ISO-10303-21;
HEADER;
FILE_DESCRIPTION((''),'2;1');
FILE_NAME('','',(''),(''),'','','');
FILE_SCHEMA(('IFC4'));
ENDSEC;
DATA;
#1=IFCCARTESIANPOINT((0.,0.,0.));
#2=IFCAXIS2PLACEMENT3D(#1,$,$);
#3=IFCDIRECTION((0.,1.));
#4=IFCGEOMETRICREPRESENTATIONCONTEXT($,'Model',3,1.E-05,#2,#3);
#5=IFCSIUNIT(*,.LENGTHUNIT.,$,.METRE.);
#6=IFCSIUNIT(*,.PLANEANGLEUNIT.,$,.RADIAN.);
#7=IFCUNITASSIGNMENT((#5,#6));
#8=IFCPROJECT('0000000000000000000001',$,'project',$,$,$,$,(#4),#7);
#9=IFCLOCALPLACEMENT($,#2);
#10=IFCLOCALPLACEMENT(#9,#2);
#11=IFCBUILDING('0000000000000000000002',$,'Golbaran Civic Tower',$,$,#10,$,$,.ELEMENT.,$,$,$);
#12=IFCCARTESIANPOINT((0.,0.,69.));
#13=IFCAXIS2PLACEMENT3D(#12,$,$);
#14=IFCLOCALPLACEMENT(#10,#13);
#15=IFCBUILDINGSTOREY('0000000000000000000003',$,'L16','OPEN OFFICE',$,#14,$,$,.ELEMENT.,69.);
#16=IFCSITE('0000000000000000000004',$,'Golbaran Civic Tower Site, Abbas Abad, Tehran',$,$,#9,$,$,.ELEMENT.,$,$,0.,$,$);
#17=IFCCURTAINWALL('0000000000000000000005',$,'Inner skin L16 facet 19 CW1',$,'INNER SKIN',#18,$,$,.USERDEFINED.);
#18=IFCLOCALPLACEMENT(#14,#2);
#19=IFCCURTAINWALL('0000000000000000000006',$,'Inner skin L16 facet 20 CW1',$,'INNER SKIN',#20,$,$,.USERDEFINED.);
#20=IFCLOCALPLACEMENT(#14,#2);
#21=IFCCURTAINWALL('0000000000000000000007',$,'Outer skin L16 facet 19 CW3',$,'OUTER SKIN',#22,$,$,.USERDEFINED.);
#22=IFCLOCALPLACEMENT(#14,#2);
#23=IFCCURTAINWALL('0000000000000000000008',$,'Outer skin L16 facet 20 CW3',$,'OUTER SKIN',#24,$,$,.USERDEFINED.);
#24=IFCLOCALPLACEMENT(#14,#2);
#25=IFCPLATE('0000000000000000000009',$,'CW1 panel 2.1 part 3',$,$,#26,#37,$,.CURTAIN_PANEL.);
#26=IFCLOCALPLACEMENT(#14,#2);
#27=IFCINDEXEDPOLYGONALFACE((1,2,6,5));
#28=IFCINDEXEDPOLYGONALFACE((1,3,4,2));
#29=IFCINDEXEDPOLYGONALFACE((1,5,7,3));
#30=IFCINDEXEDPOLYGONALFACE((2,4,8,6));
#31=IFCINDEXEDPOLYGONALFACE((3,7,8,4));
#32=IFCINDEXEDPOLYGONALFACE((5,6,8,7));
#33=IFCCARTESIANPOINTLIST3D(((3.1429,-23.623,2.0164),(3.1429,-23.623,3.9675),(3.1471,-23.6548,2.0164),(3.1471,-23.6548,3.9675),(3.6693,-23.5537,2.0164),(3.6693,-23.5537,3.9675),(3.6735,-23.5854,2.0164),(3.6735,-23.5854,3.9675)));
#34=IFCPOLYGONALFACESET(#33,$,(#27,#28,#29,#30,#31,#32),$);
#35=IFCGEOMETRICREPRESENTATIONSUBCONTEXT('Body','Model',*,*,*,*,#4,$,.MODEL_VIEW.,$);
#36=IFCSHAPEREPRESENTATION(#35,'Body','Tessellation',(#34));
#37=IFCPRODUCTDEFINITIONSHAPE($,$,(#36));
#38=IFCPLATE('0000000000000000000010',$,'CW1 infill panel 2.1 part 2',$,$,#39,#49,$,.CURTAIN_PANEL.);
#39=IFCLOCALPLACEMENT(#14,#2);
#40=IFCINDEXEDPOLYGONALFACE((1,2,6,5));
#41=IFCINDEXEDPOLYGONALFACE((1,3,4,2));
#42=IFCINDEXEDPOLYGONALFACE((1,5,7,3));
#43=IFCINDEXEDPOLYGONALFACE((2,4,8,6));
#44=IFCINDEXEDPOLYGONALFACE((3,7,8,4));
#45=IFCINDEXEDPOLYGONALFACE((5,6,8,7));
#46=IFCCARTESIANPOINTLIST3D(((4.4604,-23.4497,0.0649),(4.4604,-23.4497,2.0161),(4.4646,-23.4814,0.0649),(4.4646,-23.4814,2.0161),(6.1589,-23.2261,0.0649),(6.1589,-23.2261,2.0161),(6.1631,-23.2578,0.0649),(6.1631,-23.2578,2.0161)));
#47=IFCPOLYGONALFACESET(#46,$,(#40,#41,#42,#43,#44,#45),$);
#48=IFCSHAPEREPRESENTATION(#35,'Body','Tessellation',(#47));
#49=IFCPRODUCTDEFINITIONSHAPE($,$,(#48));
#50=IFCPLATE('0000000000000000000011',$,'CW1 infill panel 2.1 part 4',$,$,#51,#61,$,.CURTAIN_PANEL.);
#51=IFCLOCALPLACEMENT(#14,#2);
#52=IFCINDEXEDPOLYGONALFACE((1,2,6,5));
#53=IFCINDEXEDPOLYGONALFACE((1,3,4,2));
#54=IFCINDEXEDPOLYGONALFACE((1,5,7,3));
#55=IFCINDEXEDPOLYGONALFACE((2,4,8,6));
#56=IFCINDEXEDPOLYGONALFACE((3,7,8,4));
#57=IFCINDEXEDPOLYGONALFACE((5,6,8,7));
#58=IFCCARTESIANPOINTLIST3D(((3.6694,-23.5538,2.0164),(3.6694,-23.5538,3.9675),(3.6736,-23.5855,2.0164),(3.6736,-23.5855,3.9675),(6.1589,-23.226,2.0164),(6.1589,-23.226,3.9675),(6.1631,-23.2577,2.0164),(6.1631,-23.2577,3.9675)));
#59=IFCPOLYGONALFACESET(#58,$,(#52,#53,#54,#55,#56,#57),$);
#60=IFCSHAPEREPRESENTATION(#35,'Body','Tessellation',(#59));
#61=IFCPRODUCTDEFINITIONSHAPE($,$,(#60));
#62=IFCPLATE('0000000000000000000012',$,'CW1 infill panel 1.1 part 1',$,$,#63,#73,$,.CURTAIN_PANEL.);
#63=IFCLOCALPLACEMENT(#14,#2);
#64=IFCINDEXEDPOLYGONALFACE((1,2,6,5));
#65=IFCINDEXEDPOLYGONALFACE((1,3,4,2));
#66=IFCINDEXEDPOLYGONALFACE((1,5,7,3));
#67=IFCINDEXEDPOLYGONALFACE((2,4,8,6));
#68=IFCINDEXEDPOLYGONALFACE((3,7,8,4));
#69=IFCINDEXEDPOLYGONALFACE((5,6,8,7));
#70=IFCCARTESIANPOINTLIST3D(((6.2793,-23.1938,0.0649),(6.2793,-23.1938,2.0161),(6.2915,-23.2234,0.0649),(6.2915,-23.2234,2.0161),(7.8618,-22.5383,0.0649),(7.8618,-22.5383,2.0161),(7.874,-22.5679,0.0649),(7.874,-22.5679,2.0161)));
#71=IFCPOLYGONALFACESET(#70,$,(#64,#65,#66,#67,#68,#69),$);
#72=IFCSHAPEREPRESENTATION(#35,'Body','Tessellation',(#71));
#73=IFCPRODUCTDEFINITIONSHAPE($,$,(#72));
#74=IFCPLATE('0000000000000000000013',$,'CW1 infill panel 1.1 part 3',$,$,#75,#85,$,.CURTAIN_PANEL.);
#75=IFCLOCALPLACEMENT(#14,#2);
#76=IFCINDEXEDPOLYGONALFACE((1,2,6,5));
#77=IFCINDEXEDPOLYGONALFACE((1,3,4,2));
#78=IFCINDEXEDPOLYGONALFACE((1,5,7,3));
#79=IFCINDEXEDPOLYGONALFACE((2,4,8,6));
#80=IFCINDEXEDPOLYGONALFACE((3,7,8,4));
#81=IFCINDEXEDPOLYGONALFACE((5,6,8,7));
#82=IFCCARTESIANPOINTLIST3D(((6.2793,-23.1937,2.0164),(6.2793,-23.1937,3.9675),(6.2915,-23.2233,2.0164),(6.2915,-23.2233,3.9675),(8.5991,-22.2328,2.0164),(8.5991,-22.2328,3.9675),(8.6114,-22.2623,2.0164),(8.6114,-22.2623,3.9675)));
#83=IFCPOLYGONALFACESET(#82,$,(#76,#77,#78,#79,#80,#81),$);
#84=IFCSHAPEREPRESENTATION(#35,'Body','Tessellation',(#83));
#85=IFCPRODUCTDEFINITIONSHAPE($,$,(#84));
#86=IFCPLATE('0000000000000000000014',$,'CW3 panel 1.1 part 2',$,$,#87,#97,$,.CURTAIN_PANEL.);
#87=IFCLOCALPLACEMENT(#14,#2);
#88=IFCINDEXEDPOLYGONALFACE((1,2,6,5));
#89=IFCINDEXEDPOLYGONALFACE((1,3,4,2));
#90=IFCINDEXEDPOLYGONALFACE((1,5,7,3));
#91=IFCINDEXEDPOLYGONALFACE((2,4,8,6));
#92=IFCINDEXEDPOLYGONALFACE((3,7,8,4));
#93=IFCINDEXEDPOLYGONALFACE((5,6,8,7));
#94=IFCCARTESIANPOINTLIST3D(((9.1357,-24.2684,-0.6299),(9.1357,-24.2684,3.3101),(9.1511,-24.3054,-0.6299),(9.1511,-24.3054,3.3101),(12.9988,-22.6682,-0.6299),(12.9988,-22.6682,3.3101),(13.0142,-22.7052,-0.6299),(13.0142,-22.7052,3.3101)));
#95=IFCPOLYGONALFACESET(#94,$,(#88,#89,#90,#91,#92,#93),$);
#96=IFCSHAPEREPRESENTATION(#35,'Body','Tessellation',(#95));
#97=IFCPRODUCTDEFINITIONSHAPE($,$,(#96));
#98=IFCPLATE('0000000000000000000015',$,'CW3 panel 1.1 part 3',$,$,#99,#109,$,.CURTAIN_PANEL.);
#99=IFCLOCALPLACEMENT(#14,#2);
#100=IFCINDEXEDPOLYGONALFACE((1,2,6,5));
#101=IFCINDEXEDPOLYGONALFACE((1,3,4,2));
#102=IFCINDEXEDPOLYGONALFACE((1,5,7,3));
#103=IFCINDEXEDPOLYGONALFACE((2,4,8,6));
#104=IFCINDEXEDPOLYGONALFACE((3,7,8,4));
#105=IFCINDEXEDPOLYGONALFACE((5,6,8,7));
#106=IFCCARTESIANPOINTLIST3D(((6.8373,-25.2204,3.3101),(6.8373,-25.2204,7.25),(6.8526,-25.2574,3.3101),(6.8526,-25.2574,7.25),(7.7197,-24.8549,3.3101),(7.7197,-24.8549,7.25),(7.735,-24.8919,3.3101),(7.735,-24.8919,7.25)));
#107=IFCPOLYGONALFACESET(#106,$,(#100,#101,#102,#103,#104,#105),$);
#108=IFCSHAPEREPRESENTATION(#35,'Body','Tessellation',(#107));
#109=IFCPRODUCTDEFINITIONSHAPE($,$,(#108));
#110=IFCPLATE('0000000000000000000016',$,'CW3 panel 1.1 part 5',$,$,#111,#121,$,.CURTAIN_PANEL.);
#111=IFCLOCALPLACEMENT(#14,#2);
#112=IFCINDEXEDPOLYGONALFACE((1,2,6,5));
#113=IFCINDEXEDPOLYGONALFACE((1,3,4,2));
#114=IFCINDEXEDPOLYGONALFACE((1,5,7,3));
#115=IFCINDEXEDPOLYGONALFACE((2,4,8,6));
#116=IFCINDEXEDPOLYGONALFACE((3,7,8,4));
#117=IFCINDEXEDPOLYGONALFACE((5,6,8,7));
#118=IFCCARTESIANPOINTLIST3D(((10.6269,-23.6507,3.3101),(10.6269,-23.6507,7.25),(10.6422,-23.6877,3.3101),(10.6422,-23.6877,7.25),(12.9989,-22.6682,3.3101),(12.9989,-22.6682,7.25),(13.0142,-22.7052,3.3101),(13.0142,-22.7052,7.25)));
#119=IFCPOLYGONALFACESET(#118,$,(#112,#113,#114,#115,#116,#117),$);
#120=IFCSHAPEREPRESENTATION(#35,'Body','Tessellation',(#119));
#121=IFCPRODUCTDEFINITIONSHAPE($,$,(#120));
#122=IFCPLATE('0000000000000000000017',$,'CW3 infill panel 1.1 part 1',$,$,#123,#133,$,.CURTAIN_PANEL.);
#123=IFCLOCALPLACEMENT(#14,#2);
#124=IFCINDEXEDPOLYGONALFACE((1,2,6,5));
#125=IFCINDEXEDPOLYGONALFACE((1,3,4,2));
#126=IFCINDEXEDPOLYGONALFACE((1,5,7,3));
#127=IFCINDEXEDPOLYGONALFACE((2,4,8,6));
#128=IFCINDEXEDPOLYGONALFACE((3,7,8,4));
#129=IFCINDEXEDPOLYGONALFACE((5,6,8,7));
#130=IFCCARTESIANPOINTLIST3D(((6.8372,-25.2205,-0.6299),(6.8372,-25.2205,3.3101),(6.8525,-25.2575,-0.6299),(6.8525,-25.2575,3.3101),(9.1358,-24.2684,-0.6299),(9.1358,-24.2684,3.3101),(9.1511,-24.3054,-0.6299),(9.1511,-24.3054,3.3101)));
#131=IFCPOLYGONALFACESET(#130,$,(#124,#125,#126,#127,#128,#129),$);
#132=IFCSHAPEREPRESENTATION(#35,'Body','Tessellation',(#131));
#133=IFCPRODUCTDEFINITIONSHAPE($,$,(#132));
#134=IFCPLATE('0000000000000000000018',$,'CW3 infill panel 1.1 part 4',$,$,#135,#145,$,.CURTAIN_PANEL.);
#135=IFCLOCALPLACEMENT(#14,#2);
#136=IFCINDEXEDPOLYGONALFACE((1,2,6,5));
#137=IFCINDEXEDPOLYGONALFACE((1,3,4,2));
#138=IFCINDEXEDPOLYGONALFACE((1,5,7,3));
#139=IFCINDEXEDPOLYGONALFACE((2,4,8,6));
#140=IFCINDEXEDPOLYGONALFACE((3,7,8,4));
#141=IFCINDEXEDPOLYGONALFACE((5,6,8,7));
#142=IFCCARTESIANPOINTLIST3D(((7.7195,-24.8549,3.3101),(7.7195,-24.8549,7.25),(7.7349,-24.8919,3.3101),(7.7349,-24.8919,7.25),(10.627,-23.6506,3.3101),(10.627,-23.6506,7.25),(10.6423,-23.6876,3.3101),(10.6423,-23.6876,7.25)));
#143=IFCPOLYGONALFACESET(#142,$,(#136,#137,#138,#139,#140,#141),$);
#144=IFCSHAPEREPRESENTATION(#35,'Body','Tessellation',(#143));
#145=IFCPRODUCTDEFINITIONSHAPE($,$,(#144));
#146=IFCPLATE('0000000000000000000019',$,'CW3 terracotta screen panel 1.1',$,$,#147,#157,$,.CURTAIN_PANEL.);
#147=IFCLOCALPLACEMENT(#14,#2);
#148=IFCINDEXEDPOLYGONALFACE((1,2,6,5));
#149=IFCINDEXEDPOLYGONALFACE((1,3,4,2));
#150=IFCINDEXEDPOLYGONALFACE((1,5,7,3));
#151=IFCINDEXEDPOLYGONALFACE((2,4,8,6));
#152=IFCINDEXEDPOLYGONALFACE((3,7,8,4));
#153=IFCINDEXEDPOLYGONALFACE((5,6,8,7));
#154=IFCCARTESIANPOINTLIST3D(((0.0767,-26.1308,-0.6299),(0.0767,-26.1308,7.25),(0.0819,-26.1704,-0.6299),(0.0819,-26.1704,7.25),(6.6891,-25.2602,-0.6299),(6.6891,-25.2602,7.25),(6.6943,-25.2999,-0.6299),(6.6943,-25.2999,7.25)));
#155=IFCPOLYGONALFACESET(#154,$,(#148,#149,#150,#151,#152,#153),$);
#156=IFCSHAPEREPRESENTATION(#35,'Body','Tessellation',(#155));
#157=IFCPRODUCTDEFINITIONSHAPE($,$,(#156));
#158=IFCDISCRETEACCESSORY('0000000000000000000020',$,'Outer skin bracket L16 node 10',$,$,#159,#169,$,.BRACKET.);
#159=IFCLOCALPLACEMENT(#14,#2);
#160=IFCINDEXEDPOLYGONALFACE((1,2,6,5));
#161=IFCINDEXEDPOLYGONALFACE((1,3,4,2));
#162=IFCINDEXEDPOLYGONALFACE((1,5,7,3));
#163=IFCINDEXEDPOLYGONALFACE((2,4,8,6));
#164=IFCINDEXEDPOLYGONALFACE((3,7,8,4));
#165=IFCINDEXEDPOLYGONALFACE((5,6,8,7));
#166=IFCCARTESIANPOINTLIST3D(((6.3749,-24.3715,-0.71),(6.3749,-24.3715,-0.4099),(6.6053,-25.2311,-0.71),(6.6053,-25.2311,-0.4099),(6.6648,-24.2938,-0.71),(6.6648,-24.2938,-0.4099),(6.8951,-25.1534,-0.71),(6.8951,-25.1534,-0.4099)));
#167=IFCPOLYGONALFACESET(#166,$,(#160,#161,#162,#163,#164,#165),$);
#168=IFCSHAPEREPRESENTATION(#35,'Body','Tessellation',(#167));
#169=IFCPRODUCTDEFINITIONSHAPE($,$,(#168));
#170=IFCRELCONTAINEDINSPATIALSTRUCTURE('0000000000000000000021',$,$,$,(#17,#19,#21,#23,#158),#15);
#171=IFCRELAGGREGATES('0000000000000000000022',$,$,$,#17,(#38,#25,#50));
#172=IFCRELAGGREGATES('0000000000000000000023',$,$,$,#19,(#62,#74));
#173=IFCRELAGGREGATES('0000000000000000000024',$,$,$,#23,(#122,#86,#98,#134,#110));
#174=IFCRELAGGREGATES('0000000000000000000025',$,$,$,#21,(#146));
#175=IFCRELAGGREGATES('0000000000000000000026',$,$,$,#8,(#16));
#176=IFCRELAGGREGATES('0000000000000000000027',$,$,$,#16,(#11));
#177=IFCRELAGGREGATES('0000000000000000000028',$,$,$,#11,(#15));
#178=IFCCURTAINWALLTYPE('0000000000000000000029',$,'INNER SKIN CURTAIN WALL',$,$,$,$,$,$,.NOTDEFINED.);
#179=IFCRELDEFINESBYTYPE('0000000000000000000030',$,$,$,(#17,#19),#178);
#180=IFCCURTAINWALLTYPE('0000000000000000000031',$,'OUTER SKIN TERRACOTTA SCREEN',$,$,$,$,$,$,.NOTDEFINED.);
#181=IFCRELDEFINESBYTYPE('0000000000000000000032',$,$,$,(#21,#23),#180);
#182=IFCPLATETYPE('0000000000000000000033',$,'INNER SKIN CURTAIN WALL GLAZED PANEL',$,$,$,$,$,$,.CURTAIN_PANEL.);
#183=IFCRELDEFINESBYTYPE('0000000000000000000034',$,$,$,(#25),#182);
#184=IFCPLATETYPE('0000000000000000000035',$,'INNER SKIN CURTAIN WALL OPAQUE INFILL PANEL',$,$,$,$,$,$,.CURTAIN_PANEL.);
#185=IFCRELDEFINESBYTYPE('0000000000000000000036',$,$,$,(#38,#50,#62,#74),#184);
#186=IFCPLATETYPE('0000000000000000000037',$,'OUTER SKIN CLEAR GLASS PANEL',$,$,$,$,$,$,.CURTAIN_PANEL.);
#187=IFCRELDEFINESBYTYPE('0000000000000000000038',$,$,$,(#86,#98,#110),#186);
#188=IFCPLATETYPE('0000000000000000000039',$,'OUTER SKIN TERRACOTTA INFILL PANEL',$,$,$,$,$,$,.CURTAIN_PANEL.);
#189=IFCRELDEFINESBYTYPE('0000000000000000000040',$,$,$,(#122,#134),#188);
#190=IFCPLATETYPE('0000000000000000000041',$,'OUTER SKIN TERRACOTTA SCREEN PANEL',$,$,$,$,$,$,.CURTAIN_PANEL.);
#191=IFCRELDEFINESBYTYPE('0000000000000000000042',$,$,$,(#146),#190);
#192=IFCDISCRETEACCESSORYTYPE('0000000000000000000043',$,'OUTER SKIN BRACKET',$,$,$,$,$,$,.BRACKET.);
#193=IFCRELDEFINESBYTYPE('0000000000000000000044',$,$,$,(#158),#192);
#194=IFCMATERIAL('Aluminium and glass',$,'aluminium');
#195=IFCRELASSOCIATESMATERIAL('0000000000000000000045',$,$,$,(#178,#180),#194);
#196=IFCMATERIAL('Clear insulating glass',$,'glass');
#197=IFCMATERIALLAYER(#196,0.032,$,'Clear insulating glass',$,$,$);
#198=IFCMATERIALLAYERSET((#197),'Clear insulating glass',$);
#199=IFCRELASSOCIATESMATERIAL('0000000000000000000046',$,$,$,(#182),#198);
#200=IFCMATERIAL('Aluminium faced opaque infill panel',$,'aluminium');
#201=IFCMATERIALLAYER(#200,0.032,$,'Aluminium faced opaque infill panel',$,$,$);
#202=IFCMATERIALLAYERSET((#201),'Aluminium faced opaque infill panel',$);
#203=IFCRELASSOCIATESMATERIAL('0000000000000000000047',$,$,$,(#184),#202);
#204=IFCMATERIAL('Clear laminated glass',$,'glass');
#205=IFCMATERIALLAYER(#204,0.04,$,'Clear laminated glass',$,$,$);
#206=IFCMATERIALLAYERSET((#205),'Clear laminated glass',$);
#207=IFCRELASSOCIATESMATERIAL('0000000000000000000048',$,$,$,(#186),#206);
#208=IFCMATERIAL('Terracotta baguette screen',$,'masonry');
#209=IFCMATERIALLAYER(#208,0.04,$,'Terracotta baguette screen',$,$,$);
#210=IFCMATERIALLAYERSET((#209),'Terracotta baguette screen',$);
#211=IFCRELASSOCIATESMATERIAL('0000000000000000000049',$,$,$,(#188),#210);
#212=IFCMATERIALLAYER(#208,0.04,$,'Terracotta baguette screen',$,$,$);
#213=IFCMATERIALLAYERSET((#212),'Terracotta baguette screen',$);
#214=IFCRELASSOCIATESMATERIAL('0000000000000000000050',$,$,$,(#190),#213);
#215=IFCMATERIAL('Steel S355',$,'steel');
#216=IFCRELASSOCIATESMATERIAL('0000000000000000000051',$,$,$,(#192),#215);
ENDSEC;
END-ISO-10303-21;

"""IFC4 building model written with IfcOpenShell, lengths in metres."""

from ifc_helpers import new_model, si_unit, direction, frame, origin, origin_2d, place, context, subcontext, project, spatial, rectangle, extrude, material, layer, layer_set, type_object, element, aggregate, save


model = new_model("IFC4")

# Units and contexts
model_context = context("Model", 3, precision=1e-05, world=origin(), true_north=direction((0.0, 1.0)))
body_context = subcontext(model_context, "Body", "Model", "MODEL_VIEW")
ifc_project = project(units=[si_unit("LENGTHUNIT", "METRE"), si_unit("PLANEANGLEUNIT", "RADIAN")], contexts=[model_context])

# Site, building, storey
site_placement = place(None, origin())
site = spatial("IfcSite", under=ifc_project, at=site_placement, Name="Golbaran Civic Tower Site, Abbas Abad, Tehran", CompositionType="ELEMENT", RefElevation=0.0)
building_placement = place(site_placement, origin())
building = spatial("IfcBuilding", under=site, at=building_placement, Name="Golbaran Civic Tower", CompositionType="ELEMENT")
storey_placement = place(building_placement, frame((0.0, 0.0, 69.0)))
storey = spatial("IfcBuildingStorey", under=building, at=storey_placement, Name="L16", Description="OPEN OFFICE", CompositionType="ELEMENT", Elevation=69.0)

# Shared definitions
ifc_material_1 = material(Name="Steel S355", Category="steel")

# Curtain wall
ifc_material_2 = material(Name="Aluminium and glass", Category="aluminium")
curtain_wall_type_1 = type_object("IfcCurtainWallType", Name="INNER SKIN CURTAIN WALL", PredefinedType="NOTDEFINED", material=ifc_material_2)
curtain_wall_1_placement = place(storey_placement, origin())
curtain_wall_1 = element("IfcCurtainWall", 1, at=curtain_wall_1_placement, inside=storey, type_object=curtain_wall_type_1, Name="Inner skin L16 facet 19 CW1", ObjectType="INNER SKIN", PredefinedType="USERDEFINED")

# Curtain wall
curtain_wall_2_placement = place(storey_placement, origin())
curtain_wall_2 = element("IfcCurtainWall", 2, at=curtain_wall_2_placement, inside=storey, type_object=curtain_wall_type_1, Name="Inner skin L16 facet 20 CW1", ObjectType="INNER SKIN", PredefinedType="USERDEFINED")

# Curtain walls
curtain_wall_type_2 = type_object("IfcCurtainWallType", Name="OUTER SKIN TERRACOTTA SCREEN", PredefinedType="NOTDEFINED", material=ifc_material_2)
curtain_wall_3_placement = place(storey_placement, origin())
curtain_wall_3 = element("IfcCurtainWall", 3, at=curtain_wall_3_placement, inside=storey, type_object=curtain_wall_type_2, Name="Outer skin L16 facet 19 CW3", ObjectType="OUTER SKIN", PredefinedType="USERDEFINED")
curtain_wall_4_placement = place(storey_placement, origin())
curtain_wall_4 = element("IfcCurtainWall", 4, at=curtain_wall_4_placement, inside=storey, type_object=curtain_wall_type_2, Name="Outer skin L16 facet 20 CW3", ObjectType="OUTER SKIN", PredefinedType="USERDEFINED")

# Plates
ifc_material_3 = material(Name="Clear insulating glass", Category="glass")
ifc_layer_1 = layer(ifc_material_3, 0.032, Name="Clear insulating glass")
ifc_layer_set_1 = layer_set([ifc_layer_1], Name="Clear insulating glass")
plate_type_1 = type_object("IfcPlateType", Name="INNER SKIN CURTAIN WALL GLAZED PANEL", PredefinedType="CURTAIN_PANEL", material=ifc_layer_set_1)
plate_1_placement = place(storey_placement, frame((3.4082, -23.6042, 2.0164), z_axis=(0.0, 0.0, 1.0), x_axis=(0.991445, 0.130526, 0.0)))
plate_1 = element("IfcPlate", 5, at=plate_1_placement, type_object=plate_type_1, Name="CW1 panel 2.1 part 3", PredefinedType="CURTAIN_PANEL", context=body_context, shape_type="SweptSolid", body=[
    extrude(rectangle(XDim=0.531, YDim=0.032, at=origin_2d()), origin(), (0.0, 0.0, 1.0), 1.9512),
])
ifc_material_4 = material(Name="Aluminium faced opaque infill panel", Category="aluminium")
ifc_layer_2 = layer(ifc_material_4, 0.032, Name="Aluminium faced opaque infill panel")
ifc_layer_set_2 = layer_set([ifc_layer_2], Name="Aluminium faced opaque infill panel")
plate_type_2 = type_object("IfcPlateType", Name="INNER SKIN CURTAIN WALL OPAQUE INFILL PANEL", PredefinedType="CURTAIN_PANEL", material=ifc_layer_set_2)
plate_2_placement = place(storey_placement, frame((5.3118, -23.3538, 0.0649), z_axis=(0.0, 0.0, 1.0), x_axis=(0.991445, 0.130526, 0.0)))
plate_2 = element("IfcPlate", 6, at=plate_2_placement, type_object=plate_type_2, Name="CW1 infill panel 2.1 part 2", PredefinedType="CURTAIN_PANEL", context=body_context, shape_type="SweptSolid", body=[
    extrude(rectangle(XDim=1.7131, YDim=0.032, at=origin_2d()), origin(), (0.0, 0.0, 1.0), 1.9512),
])
plate_3_placement = place(storey_placement, frame((4.9163, -23.4058, 2.0164), z_axis=(0.0, 0.0, 1.0), x_axis=(0.991445, 0.130526, 0.0)))
plate_3 = element("IfcPlate", 7, at=plate_3_placement, type_object=plate_type_2, Name="CW1 infill panel 2.1 part 4", PredefinedType="CURTAIN_PANEL", context=body_context, shape_type="SweptSolid", body=[
    extrude(rectangle(XDim=2.511, YDim=0.032, at=origin_2d()), origin(), (0.0, 0.0, 1.0), 1.9512),
])
aggregate(curtain_wall_1, [plate_2, plate_1, plate_3])
plate_4_placement = place(storey_placement, frame((7.0767, -22.8809, 0.0649), z_axis=(0.0, 0.0, 1.0), x_axis=(0.92388, 0.382683, 0.0)))
plate_4 = element("IfcPlate", 8, at=plate_4_placement, type_object=plate_type_2, Name="CW1 infill panel 1.1 part 1", PredefinedType="CURTAIN_PANEL", context=body_context, shape_type="SweptSolid", body=[
    extrude(rectangle(XDim=1.7129, YDim=0.032, at=origin_2d()), origin(), (0.0, 0.0, 1.0), 1.9512),
])
plate_5_placement = place(storey_placement, frame((7.4453, -22.728, 2.0164), z_axis=(0.0, 0.0, 1.0), x_axis=(0.92388, 0.382683, 0.0)))
plate_5 = element("IfcPlate", 9, at=plate_5_placement, type_object=plate_type_2, Name="CW1 infill panel 1.1 part 3", PredefinedType="CURTAIN_PANEL", context=body_context, shape_type="SweptSolid", body=[
    extrude(rectangle(XDim=2.511, YDim=0.032, at=origin_2d()), origin(), (0.0, 0.0, 1.0), 1.9512),
])
aggregate(curtain_wall_2, [plate_4, plate_5])
ifc_material_5 = material(Name="Clear laminated glass", Category="glass")
ifc_layer_3 = layer(ifc_material_5, 0.04, Name="Clear laminated glass")
ifc_layer_set_3 = layer_set([ifc_layer_3], Name="Clear laminated glass")
plate_type_3 = type_object("IfcPlateType", Name="OUTER SKIN CLEAR GLASS PANEL", PredefinedType="CURTAIN_PANEL", material=ifc_layer_set_3)
plate_6_placement = place(storey_placement, frame((11.075, -23.4868, -0.6299), z_axis=(0.0, 0.0, 1.0), x_axis=(0.92388, 0.382683, 0.0)))
plate_6 = element("IfcPlate", 10, at=plate_6_placement, type_object=plate_type_3, Name="CW3 panel 1.1 part 2", PredefinedType="CURTAIN_PANEL", context=body_context, shape_type="SweptSolid", body=[
    extrude(rectangle(XDim=4.1814, YDim=0.04, at=origin_2d()), origin(), (0.0, 0.0, 1.0), 3.9399),
])
plate_7_placement = place(storey_placement, frame((7.2861, -25.0562, 3.3101), z_axis=(0.0, 0.0, 1.0), x_axis=(0.92388, 0.382683, 0.0)))
plate_7 = element("IfcPlate", 11, at=plate_7_placement, type_object=plate_type_3, Name="CW3 panel 1.1 part 3", PredefinedType="CURTAIN_PANEL", context=body_context, shape_type="SweptSolid", body=[
    extrude(rectangle(XDim=0.9551, YDim=0.04, at=origin_2d()), origin(), (0.0, 0.0, 1.0), 3.9399),
])
plate_8_placement = place(storey_placement, frame((11.8206, -23.178, 3.3101), z_axis=(0.0, 0.0, 1.0), x_axis=(0.92388, 0.382683, 0.0)))
plate_8 = element("IfcPlate", 12, at=plate_8_placement, type_object=plate_type_3, Name="CW3 panel 1.1 part 5", PredefinedType="CURTAIN_PANEL", context=body_context, shape_type="SweptSolid", body=[
    extrude(rectangle(XDim=2.5674, YDim=0.04, at=origin_2d()), origin(), (0.0, 0.0, 1.0), 3.9399),
])
ifc_material_6 = material(Name="Terracotta baguette screen", Category="masonry")
ifc_layer_4 = layer(ifc_material_6, 0.04, Name="Terracotta baguette screen")
ifc_layer_set_4 = layer_set([ifc_layer_4], Name="Terracotta baguette screen")
plate_type_4 = type_object("IfcPlateType", Name="OUTER SKIN TERRACOTTA INFILL PANEL", PredefinedType="CURTAIN_PANEL", material=ifc_layer_set_4)
plate_9_placement = place(storey_placement, frame((7.9941, -24.7629, -0.6299), z_axis=(0.0, 0.0, 1.0), x_axis=(0.92388, 0.382683, 0.0)))
plate_9 = element("IfcPlate", 13, at=plate_9_placement, type_object=plate_type_4, Name="CW3 infill panel 1.1 part 1", PredefinedType="CURTAIN_PANEL", context=body_context, shape_type="SweptSolid", body=[
    extrude(rectangle(XDim=2.488, YDim=0.04, at=origin_2d()), origin(), (0.0, 0.0, 1.0), 3.9399),
])
plate_10_placement = place(storey_placement, frame((9.1809, -24.2712, 3.3101), z_axis=(0.0, 0.0, 1.0), x_axis=(0.92388, 0.382683, 0.0)))
plate_10 = element("IfcPlate", 14, at=plate_10_placement, type_object=plate_type_4, Name="CW3 infill panel 1.1 part 4", PredefinedType="CURTAIN_PANEL", context=body_context, shape_type="SweptSolid", body=[
    extrude(rectangle(XDim=3.147, YDim=0.04, at=origin_2d()), origin(), (0.0, 0.0, 1.0), 3.9399),
])
aggregate(curtain_wall_4, [plate_9, plate_6, plate_7, plate_10, plate_8])
ifc_layer_5 = layer(ifc_material_6, 0.04, Name="Terracotta baguette screen")
ifc_layer_set_5 = layer_set([ifc_layer_5], Name="Terracotta baguette screen")
plate_type_5 = type_object("IfcPlateType", Name="OUTER SKIN TERRACOTTA SCREEN PANEL", PredefinedType="CURTAIN_PANEL", material=ifc_layer_set_5)
plate_11_placement = place(storey_placement, frame((3.3855, -25.7153, -0.6299), z_axis=(0.0, 0.0, 1.0), x_axis=(0.991445, 0.130526, 0.0)))
plate_11 = element("IfcPlate", 15, at=plate_11_placement, type_object=plate_type_5, Name="CW3 terracotta screen panel 1.1", PredefinedType="CURTAIN_PANEL", context=body_context, shape_type="SweptSolid", body=[
    extrude(rectangle(XDim=6.6694, YDim=0.04, at=origin_2d()), origin(), (0.0, 0.0, 1.0), 7.8799),
])
aggregate(curtain_wall_3, [plate_11])

# Discrete accessory
discrete_accessory_type = type_object("IfcDiscreteAccessoryType", Name="OUTER SKIN BRACKET", PredefinedType="BRACKET", material=ifc_material_1)
discrete_accessory_placement = place(storey_placement, frame((6.635, -24.7625, -0.71), z_axis=(0.0, 0.0, 1.0), x_axis=(0.258819, -0.965926, 0.0)))
element("IfcDiscreteAccessory", 16, at=discrete_accessory_placement, inside=storey, type_object=discrete_accessory_type, Name="Outer skin bracket L16 node 10", PredefinedType="BRACKET", context=body_context, shape_type="SweptSolid", body=[
    extrude(rectangle(XDim=0.8899, YDim=0.3, at=origin_2d()), origin(), (0.0, 0.0, 1.0), 0.3),
])

save(model, "model.ifc")
